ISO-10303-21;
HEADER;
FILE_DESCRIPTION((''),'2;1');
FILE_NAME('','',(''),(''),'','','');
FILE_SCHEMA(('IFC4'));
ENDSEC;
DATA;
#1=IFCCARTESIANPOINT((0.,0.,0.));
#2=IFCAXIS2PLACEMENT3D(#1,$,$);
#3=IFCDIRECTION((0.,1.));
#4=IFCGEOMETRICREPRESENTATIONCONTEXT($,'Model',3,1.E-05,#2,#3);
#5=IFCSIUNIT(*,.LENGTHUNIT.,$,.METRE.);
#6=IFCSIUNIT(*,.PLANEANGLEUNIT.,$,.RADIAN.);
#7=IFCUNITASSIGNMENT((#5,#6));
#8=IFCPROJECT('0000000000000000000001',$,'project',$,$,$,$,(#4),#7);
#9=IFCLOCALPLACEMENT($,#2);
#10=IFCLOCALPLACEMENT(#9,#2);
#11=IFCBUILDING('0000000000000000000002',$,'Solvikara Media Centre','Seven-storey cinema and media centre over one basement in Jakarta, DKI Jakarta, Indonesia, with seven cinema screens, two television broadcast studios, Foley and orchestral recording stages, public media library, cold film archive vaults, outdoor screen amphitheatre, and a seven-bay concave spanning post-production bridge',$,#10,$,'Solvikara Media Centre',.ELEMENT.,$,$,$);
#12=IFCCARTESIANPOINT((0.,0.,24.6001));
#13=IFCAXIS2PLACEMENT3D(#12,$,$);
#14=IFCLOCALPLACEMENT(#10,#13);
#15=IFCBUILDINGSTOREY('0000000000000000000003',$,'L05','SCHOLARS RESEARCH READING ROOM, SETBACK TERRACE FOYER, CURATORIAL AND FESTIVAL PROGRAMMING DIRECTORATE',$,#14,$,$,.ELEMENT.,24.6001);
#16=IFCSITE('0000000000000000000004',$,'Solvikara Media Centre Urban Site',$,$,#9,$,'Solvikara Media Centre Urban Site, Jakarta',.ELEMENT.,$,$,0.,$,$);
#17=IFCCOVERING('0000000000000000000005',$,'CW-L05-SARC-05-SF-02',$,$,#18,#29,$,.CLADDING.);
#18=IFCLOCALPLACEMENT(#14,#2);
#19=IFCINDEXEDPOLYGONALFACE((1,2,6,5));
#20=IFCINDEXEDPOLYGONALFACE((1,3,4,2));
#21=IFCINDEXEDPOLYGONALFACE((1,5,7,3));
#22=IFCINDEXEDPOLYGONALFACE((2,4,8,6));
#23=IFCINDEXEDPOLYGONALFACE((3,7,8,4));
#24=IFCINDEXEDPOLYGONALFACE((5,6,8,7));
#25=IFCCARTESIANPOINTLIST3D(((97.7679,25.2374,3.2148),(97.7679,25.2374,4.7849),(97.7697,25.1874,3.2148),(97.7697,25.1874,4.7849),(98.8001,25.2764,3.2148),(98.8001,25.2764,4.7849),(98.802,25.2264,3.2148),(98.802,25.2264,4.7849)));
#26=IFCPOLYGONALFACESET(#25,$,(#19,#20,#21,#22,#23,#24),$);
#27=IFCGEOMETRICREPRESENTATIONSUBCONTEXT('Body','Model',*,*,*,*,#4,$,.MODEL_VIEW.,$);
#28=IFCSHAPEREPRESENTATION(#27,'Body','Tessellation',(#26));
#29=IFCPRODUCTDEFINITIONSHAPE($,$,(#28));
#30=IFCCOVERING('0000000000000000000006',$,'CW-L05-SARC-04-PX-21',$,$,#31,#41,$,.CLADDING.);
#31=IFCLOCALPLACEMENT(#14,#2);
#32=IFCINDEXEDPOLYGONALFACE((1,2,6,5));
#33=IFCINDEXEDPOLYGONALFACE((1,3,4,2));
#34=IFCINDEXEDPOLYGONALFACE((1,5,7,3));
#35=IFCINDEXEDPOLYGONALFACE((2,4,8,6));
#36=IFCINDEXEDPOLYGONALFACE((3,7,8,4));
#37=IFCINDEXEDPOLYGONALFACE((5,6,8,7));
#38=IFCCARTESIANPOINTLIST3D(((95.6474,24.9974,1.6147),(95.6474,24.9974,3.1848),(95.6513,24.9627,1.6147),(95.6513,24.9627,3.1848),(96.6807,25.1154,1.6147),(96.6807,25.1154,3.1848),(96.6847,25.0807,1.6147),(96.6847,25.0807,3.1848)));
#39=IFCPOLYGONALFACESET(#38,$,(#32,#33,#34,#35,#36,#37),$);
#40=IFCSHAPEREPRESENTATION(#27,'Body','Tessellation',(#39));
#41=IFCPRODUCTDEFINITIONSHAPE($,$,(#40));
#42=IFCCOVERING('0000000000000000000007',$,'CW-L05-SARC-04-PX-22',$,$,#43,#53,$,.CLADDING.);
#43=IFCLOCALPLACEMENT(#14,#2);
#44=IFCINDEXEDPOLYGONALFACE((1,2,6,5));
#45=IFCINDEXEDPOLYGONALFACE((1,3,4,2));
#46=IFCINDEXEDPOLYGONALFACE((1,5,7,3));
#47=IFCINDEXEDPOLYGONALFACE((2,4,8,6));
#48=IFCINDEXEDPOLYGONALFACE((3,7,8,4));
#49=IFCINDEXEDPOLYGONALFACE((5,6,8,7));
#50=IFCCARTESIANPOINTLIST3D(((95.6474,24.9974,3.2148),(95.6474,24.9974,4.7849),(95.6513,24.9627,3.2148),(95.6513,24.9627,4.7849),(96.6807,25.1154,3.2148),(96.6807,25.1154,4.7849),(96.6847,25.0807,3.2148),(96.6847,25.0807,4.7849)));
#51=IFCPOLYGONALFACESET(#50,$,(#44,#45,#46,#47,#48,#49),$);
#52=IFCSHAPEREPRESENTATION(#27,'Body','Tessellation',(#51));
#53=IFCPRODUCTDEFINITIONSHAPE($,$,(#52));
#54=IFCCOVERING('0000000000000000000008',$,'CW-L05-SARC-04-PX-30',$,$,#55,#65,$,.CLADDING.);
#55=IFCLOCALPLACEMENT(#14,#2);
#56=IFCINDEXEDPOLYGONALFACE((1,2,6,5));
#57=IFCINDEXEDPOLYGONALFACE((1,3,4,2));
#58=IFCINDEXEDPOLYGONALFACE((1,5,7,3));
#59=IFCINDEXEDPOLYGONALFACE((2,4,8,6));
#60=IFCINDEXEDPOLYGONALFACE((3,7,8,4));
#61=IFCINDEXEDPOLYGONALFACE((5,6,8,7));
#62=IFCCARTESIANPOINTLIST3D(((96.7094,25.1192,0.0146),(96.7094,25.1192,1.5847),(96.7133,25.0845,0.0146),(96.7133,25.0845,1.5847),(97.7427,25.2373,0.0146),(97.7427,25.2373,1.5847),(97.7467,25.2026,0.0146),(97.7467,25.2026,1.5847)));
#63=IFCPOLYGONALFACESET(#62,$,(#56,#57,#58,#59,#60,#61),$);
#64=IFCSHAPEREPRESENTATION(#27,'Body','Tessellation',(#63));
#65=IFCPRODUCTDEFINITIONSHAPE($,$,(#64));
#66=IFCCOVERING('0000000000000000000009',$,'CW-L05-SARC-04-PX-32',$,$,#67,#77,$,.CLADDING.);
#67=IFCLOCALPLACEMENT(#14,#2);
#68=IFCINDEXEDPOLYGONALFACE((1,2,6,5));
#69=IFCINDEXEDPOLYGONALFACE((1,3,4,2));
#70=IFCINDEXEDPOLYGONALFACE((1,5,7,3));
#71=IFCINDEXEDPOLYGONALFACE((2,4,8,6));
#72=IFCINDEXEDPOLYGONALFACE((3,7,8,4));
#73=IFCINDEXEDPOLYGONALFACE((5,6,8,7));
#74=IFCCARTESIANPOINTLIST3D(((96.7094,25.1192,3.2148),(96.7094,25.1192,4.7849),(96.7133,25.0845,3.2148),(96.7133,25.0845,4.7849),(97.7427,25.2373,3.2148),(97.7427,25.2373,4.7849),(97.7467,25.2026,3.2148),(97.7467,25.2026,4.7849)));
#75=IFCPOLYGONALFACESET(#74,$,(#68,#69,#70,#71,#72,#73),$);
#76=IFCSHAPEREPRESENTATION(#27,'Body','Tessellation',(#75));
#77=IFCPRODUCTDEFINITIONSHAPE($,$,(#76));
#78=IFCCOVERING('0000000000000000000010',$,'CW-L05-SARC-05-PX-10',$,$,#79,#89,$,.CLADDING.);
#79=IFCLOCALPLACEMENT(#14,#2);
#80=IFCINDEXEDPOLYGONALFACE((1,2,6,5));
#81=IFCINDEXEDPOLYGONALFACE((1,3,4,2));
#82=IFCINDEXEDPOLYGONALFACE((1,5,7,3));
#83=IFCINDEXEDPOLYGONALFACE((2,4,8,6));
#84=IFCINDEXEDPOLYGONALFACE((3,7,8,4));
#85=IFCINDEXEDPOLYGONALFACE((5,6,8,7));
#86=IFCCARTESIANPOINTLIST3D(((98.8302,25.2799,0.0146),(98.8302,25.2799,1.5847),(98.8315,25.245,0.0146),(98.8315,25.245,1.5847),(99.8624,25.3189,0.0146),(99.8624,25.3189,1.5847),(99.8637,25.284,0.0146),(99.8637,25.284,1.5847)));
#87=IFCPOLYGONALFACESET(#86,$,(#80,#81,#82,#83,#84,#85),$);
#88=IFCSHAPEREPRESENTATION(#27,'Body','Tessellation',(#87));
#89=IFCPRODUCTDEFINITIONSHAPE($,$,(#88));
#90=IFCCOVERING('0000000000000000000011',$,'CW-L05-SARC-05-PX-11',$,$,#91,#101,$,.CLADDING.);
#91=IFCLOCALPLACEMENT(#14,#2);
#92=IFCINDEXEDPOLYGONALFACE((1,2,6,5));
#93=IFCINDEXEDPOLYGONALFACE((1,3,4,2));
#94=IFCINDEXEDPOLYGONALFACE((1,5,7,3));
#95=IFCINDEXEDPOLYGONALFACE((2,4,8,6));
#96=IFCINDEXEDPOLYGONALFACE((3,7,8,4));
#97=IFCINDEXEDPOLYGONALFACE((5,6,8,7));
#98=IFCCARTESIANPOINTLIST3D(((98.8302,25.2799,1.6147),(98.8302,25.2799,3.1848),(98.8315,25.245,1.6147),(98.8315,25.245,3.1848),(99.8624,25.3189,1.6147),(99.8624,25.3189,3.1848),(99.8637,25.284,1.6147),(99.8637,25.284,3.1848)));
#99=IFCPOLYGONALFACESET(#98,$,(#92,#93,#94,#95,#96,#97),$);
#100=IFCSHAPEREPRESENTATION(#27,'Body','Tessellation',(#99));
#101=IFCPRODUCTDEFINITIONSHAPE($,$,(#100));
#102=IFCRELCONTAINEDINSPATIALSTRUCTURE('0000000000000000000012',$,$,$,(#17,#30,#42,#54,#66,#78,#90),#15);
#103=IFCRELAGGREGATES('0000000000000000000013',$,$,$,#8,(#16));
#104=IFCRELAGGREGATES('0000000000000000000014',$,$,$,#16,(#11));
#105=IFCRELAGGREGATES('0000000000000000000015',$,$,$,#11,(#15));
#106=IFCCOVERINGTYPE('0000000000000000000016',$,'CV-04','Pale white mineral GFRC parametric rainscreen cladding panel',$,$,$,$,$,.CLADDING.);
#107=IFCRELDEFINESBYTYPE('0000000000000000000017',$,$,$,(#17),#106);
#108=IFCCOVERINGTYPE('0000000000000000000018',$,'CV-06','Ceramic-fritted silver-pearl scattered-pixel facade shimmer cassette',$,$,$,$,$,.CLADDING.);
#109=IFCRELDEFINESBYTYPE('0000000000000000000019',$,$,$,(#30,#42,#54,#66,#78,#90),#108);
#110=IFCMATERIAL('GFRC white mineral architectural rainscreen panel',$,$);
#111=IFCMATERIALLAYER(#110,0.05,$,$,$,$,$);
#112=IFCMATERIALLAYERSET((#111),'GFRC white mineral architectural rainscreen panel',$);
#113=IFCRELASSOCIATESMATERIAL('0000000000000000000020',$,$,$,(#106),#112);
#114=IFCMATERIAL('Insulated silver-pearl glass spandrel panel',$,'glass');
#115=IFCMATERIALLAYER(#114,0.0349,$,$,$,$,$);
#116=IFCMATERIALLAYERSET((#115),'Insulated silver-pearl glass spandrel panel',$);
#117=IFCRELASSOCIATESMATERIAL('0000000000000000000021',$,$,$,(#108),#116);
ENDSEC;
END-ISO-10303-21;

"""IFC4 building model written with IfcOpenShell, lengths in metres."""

from ifc_helpers import new_model, si_unit, direction, frame, origin, origin_2d, place, context, subcontext, project, spatial, rectangle, extrude, material, layer, layer_set, type_object, element, save


model = new_model("IFC4")

# Units and contexts
model_context = context("Model", 3, precision=1e-05, world=origin(), true_north=direction((0.0, 1.0)))
body_context = subcontext(model_context, "Body", "Model", "MODEL_VIEW")
ifc_project = project(units=[si_unit("LENGTHUNIT", "METRE"), si_unit("PLANEANGLEUNIT", "RADIAN")], contexts=[model_context])

# Site, building, storey
site_placement = place(None, origin())
site = spatial("IfcSite", under=ifc_project, at=site_placement, Name="Solvikara Media Centre Urban Site", LongName="Solvikara Media Centre Urban Site, Jakarta", CompositionType="ELEMENT", RefElevation=0.0)
building_placement = place(site_placement, origin())
building = spatial("IfcBuilding", under=site, at=building_placement, Name="Solvikara Media Centre", Description="Seven-storey cinema and media centre over one basement in Jakarta, DKI Jakarta, Indonesia, with seven cinema screens, two television broadcast studios, Foley and orchestral recording stages, public media library, cold film archive vaults, outdoor screen amphitheatre, and a seven-bay concave spanning post-production bridge", LongName="Solvikara Media Centre", CompositionType="ELEMENT")
storey_placement = place(building_placement, frame((0.0, 0.0, 24.6001)))
storey = spatial("IfcBuildingStorey", under=building, at=storey_placement, Name="L05", Description="SCHOLARS RESEARCH READING ROOM, SETBACK TERRACE FOYER, CURATORIAL AND FESTIVAL PROGRAMMING DIRECTORATE", CompositionType="ELEMENT", Elevation=24.6001)

# Shared definitions
ifc_material_1 = material(Name="Insulated silver-pearl glass spandrel panel", Category="glass")

# Coverings
ifc_material_2 = material(Name="GFRC white mineral architectural rainscreen panel")
ifc_layer_1 = layer(ifc_material_2, 0.05)
ifc_layer_set_1 = layer_set([ifc_layer_1], Name="GFRC white mineral architectural rainscreen panel")
covering_type_1 = type_object("IfcCoveringType", Name="CV-04", Description="Pale white mineral GFRC parametric rainscreen cladding panel", PredefinedType="CLADDING", material=ifc_layer_set_1)
covering_placement = place(storey_placement, frame((98.2849, 25.2319, 3.2148), z_axis=(0.0, 0.0, 1.0), x_axis=(0.999287, 0.03776, 0.0)))
element("IfcCovering", 1, at=covering_placement, inside=storey, type_object=covering_type_1, Name="CW-L05-SARC-05-SF-02", PredefinedType="CLADDING", context=body_context, shape_type="SweptSolid", body=[
    extrude(rectangle(XDim=1.033, YDim=0.05, at=origin_2d()), origin(), (0.0, 0.0, 1.0), 1.5701),
])
ifc_layer_2 = layer(ifc_material_1, 0.0349)
ifc_layer_set_2 = layer_set([ifc_layer_2], Name="Insulated silver-pearl glass spandrel panel")
covering_type_2 = type_object("IfcCoveringType", Name="CV-06", Description="Ceramic-fritted silver-pearl scattered-pixel facade shimmer cassette", PredefinedType="CLADDING", material=ifc_layer_set_2)
for number, where, z_axis, x_axis, name in (
    (2, (96.166, 25.0391, 1.6147), (0.0, 0.0, 1.0), (0.993538, 0.113498, 0.0), "CW-L05-SARC-04-PX-21"),
    (3, (96.166, 25.0391, 3.2148), (0.0, 0.0, 1.0), (0.993538, 0.113498, 0.0), "CW-L05-SARC-04-PX-22"),
    (4, (97.228, 25.1609, 0.0146), (0.0, 0.0, 1.0), (0.993538, 0.113498, 0.0), "CW-L05-SARC-04-PX-30"),
    (5, (97.228, 25.1609, 3.2148), (0.0, 0.0, 1.0), (0.993538, 0.113498, 0.0), "CW-L05-SARC-04-PX-32"),
):
    element("IfcCovering", number, at=place(storey_placement, frame(where, z_axis=z_axis, x_axis=x_axis)), inside=storey, type_object=covering_type_2, Name=name, PredefinedType="CLADDING", context=body_context, shape_type="SweptSolid", body=[
        extrude(rectangle(XDim=1.04, YDim=0.0349, at=origin_2d()), origin(), (0.0, 0.0, 1.0), 1.5701),
    ])
for number, where, z_axis, x_axis, name in (
    (6, (99.3469, 25.282, 0.0146), (0.0, 0.0, 1.0), (0.999287, 0.03776, 0.0), "CW-L05-SARC-05-PX-10"),
    (7, (99.3469, 25.282, 1.6147), (0.0, 0.0, 1.0), (0.999287, 0.03776, 0.0), "CW-L05-SARC-05-PX-11"),
):
    element("IfcCovering", number, at=place(storey_placement, frame(where, z_axis=z_axis, x_axis=x_axis)), inside=storey, type_object=covering_type_2, Name=name, PredefinedType="CLADDING", context=body_context, shape_type="SweptSolid", body=[
        extrude(rectangle(XDim=1.033, YDim=0.0349, at=origin_2d()), origin(), (0.0, 0.0, 1.0), 1.5701),
    ])

save(model, "model.ifc")
